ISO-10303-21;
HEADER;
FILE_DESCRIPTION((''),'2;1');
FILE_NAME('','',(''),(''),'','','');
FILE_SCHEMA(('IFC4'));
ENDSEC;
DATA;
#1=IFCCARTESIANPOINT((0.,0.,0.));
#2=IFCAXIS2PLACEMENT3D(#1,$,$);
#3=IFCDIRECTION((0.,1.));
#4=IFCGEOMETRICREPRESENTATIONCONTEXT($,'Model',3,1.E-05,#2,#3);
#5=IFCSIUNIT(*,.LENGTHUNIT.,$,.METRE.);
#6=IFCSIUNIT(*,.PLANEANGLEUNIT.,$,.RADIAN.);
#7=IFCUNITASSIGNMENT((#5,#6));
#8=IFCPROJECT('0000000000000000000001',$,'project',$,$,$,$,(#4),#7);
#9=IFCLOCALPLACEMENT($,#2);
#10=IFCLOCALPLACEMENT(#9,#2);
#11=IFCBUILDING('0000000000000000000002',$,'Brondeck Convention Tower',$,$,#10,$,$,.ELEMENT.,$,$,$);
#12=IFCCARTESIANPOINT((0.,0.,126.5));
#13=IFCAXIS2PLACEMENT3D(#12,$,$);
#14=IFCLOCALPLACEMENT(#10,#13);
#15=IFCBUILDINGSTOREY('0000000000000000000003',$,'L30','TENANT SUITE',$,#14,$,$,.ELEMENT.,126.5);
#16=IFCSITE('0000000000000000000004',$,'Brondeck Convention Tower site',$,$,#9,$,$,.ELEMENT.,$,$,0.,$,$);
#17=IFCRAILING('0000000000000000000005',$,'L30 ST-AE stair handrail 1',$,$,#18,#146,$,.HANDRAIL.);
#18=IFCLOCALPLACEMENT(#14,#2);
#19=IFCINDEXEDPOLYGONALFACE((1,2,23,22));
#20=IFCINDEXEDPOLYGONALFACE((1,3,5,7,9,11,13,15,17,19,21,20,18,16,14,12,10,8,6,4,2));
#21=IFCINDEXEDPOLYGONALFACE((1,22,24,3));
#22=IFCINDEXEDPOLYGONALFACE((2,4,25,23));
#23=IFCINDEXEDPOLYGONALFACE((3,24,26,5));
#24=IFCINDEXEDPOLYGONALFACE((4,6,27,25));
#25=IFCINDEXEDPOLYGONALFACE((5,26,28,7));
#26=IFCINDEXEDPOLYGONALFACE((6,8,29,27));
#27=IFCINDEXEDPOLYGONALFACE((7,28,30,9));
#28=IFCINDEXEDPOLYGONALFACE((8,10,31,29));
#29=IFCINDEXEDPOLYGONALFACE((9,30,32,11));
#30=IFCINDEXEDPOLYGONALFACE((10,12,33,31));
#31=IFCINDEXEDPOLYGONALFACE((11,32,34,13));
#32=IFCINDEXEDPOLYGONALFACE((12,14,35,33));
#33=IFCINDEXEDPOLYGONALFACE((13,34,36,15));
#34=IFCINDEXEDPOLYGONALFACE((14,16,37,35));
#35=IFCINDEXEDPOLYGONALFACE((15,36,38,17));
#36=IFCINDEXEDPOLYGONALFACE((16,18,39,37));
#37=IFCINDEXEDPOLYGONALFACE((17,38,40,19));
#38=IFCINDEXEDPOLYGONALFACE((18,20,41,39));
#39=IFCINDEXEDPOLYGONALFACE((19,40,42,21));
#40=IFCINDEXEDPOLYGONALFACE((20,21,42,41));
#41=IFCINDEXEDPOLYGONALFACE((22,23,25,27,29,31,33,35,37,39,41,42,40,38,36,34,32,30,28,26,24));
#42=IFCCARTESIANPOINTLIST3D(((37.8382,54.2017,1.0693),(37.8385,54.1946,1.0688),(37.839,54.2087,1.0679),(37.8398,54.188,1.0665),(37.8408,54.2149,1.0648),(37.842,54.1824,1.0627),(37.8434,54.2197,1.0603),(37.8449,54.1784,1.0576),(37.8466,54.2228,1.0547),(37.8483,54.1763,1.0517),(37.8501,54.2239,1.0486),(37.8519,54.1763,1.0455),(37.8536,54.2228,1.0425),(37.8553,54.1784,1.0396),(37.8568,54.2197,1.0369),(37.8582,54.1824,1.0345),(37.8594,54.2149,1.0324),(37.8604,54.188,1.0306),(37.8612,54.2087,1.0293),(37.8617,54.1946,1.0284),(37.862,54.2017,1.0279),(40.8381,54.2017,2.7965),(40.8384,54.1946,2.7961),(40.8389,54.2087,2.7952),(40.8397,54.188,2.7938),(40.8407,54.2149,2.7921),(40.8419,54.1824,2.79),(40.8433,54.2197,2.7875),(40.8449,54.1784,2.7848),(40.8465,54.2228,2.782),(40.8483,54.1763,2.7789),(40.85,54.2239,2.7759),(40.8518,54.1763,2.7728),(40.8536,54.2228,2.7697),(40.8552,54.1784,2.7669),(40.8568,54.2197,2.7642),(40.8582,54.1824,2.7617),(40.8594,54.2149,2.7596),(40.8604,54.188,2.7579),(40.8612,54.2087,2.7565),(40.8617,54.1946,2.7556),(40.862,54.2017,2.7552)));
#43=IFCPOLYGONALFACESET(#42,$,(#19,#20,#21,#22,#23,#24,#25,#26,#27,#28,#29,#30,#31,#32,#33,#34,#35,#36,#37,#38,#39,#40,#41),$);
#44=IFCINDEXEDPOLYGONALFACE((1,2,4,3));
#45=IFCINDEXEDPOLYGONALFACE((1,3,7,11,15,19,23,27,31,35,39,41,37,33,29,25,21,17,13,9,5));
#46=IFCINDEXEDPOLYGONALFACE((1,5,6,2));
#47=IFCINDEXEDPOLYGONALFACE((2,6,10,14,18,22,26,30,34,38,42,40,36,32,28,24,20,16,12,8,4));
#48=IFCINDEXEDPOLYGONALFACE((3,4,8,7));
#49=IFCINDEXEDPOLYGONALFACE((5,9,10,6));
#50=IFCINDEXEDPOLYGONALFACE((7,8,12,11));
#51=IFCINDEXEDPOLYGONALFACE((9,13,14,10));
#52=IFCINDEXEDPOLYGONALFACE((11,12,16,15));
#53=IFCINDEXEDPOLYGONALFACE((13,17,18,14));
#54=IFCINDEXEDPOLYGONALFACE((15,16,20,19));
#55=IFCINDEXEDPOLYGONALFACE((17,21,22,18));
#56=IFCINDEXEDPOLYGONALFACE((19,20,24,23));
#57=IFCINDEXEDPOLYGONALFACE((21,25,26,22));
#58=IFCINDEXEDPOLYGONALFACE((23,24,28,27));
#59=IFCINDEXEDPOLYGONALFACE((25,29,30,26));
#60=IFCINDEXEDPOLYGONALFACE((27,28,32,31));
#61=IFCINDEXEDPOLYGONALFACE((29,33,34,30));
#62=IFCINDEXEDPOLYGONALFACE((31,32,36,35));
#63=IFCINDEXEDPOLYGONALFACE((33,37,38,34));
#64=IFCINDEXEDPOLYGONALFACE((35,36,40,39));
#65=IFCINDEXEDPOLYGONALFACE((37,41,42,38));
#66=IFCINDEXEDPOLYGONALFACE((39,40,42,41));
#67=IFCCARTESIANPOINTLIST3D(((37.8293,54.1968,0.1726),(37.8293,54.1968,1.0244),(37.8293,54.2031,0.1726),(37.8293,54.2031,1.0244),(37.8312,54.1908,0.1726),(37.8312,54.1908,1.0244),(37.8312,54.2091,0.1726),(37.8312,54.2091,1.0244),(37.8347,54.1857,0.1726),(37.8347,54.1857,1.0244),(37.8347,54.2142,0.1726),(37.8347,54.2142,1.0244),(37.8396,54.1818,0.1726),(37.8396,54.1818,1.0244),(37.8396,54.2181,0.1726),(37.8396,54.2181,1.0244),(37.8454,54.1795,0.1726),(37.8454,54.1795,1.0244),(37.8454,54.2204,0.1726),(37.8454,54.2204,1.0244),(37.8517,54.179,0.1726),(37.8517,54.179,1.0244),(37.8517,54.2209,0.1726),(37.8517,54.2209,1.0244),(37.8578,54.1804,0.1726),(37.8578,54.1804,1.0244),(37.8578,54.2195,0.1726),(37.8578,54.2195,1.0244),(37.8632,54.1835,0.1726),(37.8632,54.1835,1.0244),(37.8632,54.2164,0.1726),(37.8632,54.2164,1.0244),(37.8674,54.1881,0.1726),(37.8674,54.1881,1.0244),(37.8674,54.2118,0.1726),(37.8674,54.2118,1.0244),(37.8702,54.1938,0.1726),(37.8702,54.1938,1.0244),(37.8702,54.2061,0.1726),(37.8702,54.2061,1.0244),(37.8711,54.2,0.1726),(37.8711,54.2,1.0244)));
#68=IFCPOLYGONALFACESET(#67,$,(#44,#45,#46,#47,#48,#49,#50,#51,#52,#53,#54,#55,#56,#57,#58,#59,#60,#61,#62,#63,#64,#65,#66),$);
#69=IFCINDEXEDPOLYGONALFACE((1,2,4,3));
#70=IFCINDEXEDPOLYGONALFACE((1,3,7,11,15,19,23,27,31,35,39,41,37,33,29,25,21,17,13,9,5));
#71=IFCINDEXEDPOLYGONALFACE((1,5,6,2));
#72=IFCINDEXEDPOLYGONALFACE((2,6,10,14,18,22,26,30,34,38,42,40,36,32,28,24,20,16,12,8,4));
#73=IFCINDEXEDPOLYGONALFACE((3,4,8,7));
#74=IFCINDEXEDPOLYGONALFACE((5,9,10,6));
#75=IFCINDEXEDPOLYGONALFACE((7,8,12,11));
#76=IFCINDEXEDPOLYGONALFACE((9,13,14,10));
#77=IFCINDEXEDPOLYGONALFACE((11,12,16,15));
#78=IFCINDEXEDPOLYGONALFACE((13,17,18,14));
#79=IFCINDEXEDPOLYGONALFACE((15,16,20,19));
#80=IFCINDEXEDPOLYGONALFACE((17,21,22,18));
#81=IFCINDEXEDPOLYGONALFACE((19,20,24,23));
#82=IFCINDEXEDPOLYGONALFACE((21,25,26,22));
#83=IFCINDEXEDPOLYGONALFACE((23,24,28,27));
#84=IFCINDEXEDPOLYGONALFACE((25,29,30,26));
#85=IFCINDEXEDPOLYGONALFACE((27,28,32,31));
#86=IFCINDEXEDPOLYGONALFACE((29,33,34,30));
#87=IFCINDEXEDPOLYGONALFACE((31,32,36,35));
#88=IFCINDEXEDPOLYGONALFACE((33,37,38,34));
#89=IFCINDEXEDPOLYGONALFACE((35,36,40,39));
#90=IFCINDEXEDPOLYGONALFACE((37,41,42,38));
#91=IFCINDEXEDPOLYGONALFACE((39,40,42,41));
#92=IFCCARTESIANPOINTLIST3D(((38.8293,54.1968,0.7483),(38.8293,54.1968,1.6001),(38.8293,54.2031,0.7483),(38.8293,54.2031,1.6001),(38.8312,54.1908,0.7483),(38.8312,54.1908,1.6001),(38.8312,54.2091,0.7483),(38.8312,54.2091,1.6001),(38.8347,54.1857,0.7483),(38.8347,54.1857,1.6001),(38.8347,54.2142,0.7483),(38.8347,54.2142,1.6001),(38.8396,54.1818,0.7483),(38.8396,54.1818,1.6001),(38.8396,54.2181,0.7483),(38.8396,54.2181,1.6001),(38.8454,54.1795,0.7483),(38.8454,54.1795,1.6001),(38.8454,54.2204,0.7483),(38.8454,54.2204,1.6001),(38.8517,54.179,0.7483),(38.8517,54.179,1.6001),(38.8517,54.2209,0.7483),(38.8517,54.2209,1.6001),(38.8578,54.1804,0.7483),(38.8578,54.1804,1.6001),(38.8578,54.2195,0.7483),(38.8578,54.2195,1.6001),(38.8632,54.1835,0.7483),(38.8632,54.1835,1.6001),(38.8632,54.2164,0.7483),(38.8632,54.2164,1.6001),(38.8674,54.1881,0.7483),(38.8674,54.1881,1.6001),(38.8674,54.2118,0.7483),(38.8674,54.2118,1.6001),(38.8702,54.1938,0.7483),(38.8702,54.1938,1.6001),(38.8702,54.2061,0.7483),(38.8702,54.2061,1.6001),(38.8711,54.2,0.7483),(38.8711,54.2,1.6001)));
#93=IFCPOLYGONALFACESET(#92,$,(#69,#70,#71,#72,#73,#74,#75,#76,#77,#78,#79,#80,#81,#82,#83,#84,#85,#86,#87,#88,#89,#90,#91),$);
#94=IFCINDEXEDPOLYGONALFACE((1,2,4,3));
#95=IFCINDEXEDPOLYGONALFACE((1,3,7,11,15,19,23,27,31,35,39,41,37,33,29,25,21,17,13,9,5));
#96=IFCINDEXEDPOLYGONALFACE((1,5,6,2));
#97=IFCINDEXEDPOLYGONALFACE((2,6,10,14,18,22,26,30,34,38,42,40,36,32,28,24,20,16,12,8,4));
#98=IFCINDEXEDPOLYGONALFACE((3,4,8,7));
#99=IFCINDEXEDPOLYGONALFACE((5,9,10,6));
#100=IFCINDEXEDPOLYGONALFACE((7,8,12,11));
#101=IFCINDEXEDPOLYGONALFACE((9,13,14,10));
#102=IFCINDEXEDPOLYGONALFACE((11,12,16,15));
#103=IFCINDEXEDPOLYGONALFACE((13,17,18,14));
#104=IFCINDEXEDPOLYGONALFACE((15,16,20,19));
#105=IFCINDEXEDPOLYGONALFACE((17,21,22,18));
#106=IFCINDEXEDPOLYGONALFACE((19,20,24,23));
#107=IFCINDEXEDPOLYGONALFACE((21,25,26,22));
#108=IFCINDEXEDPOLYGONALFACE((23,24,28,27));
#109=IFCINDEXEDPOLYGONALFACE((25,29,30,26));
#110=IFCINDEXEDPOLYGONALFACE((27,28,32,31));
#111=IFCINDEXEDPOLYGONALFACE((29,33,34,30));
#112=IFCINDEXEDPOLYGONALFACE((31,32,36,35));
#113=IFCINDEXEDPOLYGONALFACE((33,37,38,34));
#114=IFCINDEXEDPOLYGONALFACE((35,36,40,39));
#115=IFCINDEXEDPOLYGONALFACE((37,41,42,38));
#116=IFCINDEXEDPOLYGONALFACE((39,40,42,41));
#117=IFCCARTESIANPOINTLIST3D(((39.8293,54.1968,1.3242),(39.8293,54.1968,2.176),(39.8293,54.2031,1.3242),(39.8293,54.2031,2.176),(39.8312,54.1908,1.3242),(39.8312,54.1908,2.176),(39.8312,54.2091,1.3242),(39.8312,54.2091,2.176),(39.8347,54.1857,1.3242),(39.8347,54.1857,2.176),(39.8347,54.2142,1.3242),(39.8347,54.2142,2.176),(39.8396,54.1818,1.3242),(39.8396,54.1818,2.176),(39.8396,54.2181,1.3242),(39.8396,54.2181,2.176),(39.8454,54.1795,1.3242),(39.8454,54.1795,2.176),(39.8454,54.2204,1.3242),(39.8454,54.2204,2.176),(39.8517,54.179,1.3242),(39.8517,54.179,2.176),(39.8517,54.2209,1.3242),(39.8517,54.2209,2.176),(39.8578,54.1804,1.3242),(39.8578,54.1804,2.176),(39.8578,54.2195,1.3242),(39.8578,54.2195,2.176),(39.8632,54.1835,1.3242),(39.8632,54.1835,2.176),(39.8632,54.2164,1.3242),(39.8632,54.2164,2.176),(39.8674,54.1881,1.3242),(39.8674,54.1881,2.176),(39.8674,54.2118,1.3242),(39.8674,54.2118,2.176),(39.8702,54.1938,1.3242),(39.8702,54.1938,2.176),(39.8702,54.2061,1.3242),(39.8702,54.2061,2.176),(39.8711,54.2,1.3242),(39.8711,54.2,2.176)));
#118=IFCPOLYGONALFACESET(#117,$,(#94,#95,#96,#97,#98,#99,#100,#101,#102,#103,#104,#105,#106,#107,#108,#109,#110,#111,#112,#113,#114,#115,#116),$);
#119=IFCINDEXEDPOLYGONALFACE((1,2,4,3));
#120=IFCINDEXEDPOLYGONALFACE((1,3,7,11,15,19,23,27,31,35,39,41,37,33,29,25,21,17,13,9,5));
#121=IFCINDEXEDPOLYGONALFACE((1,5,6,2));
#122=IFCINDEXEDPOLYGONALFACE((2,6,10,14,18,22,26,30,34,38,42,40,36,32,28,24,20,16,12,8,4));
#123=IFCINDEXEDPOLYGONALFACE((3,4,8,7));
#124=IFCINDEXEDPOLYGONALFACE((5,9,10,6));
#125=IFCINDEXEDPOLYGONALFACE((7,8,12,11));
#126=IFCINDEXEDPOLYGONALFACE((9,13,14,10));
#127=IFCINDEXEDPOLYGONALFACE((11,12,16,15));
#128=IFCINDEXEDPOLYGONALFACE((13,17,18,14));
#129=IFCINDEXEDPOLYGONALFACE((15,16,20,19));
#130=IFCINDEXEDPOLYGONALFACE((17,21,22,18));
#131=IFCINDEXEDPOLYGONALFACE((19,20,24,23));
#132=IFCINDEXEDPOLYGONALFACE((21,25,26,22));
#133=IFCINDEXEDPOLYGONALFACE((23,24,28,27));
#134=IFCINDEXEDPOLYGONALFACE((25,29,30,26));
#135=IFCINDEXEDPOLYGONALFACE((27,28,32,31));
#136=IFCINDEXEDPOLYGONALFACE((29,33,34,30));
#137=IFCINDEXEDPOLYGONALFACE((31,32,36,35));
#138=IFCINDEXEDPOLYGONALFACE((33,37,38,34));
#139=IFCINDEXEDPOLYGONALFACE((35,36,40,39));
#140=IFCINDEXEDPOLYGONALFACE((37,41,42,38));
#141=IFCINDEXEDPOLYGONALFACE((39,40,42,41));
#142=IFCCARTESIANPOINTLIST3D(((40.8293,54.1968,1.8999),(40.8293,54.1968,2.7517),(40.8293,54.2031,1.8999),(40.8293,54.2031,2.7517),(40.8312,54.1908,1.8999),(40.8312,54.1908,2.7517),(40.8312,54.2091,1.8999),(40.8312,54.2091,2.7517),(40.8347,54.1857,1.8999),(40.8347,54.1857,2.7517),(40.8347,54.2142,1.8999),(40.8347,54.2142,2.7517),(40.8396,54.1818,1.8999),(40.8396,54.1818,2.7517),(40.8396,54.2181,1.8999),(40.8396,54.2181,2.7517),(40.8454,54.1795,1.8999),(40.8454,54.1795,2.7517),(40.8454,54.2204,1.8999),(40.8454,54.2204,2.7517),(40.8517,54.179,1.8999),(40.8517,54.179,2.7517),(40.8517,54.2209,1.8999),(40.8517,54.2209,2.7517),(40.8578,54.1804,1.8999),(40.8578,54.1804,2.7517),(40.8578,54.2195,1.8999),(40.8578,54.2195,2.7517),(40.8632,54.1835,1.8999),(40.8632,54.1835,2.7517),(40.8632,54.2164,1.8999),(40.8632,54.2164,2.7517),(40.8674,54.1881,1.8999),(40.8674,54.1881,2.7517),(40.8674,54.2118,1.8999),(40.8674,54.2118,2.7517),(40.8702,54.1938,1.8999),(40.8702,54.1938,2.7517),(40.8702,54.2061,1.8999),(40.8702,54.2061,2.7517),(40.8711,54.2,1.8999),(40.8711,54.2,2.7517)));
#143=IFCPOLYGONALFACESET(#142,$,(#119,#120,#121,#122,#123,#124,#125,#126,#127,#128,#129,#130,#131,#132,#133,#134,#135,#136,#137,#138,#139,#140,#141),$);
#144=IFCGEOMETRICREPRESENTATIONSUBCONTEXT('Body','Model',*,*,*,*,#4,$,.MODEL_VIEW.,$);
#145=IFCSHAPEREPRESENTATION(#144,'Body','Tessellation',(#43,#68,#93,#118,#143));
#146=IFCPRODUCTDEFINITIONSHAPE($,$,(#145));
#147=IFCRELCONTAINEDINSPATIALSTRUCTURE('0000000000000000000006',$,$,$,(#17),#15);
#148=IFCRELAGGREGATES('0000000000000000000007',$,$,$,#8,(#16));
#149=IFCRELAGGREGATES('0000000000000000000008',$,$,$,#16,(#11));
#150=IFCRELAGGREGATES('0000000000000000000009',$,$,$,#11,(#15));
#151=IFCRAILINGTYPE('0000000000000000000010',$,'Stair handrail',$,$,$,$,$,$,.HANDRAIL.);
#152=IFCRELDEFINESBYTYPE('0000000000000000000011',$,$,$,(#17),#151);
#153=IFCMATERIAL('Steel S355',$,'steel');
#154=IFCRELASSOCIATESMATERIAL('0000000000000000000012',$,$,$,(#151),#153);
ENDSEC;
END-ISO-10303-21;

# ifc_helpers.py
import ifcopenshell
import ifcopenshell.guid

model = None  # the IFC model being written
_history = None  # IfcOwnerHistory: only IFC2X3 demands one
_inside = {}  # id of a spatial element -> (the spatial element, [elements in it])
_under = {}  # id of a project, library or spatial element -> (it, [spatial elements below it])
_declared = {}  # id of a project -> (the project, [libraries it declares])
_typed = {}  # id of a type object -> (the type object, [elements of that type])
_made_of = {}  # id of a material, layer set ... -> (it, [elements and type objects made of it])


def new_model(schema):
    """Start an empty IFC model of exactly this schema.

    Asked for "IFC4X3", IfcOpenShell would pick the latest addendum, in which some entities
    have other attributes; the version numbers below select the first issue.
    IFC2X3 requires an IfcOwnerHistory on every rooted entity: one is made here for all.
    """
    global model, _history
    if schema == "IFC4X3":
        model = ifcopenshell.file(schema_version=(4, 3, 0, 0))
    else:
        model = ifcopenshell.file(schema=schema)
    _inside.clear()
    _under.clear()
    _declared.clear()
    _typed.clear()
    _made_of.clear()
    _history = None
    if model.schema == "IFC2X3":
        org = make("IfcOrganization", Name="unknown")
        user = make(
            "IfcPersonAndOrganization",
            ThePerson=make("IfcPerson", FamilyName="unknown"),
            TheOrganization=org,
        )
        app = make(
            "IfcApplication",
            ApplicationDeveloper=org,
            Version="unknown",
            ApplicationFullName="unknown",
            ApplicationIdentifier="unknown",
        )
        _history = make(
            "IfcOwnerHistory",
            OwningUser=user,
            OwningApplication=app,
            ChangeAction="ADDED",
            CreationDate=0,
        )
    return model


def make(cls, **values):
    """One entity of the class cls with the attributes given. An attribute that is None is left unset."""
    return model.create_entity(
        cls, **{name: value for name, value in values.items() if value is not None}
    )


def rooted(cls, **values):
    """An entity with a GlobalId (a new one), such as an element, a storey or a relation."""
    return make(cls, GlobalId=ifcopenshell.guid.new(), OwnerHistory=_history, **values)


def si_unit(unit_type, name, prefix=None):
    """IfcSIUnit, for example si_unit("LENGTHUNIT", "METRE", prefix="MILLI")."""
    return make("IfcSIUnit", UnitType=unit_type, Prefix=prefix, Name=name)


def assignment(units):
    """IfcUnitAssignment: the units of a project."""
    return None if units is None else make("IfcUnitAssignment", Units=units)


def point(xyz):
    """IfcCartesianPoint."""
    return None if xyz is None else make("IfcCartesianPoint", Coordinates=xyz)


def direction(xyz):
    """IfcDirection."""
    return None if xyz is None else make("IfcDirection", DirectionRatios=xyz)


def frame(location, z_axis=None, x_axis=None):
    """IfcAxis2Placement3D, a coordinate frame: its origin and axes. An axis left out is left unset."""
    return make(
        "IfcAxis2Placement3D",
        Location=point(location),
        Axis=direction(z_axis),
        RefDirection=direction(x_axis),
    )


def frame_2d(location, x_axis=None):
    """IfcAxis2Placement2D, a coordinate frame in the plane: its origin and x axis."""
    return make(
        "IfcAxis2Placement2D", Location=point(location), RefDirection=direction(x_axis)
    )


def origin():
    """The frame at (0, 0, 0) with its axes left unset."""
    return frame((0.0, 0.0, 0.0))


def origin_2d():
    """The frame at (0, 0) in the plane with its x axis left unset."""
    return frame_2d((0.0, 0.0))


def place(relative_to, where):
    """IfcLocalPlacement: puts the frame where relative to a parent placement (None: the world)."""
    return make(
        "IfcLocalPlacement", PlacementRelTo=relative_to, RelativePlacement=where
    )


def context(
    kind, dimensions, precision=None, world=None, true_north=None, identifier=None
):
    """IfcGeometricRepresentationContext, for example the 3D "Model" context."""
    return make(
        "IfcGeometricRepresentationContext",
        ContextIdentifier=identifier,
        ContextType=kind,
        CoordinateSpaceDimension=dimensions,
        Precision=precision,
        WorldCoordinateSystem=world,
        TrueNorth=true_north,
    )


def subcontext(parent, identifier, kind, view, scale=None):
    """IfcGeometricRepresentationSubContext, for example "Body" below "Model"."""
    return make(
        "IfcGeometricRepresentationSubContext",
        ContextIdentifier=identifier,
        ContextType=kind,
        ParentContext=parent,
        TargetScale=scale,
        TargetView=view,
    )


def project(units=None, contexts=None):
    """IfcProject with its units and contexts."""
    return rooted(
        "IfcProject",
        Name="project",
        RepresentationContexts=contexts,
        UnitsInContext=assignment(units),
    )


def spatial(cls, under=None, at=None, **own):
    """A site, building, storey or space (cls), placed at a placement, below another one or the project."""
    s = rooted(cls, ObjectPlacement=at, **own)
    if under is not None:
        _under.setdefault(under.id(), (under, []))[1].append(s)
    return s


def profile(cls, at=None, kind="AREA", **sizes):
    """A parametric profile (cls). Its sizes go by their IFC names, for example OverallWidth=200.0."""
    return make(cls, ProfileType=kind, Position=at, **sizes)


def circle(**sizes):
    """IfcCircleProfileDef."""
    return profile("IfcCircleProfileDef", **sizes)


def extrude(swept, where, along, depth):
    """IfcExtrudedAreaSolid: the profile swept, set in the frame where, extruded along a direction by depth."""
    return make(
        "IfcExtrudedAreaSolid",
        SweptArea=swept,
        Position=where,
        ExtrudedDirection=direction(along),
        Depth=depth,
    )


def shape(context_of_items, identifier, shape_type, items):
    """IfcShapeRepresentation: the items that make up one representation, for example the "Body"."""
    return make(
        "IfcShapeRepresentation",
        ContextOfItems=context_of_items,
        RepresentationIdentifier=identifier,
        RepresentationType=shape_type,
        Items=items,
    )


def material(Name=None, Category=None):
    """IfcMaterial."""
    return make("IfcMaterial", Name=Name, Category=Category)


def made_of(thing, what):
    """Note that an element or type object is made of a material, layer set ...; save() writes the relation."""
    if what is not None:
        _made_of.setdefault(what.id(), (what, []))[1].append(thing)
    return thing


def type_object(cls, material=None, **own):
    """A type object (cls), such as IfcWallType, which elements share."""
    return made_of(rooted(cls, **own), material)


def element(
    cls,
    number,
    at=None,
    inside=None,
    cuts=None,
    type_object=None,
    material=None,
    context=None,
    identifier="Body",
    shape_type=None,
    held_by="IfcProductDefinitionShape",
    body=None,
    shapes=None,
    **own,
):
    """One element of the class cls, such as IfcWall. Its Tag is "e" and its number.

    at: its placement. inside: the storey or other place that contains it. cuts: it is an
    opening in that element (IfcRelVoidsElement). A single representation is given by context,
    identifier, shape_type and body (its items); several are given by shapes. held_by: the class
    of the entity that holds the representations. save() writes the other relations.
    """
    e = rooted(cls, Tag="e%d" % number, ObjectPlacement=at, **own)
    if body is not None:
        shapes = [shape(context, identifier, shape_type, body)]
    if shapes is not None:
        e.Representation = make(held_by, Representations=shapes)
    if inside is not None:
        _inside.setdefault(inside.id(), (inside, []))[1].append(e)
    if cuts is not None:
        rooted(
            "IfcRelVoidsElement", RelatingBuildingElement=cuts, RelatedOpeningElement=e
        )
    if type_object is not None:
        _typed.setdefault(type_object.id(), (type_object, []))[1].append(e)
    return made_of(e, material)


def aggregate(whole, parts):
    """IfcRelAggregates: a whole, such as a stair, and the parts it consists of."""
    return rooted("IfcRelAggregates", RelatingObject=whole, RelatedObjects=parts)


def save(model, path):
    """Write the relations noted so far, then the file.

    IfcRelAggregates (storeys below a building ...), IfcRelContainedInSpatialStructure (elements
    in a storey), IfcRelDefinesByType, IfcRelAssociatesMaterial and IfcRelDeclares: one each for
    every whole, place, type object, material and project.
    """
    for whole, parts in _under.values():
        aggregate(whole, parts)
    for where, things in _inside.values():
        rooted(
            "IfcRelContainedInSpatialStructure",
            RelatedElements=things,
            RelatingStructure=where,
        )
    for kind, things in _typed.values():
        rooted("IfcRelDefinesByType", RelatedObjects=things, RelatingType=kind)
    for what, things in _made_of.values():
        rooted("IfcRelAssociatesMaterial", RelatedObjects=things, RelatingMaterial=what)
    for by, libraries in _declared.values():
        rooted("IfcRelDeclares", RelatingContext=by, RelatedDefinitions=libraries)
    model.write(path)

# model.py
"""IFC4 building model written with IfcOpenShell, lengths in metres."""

from ifc_helpers import new_model, si_unit, direction, frame, origin, origin_2d, place, context, subcontext, project, spatial, circle, extrude, material, type_object, element, save


model = new_model("IFC4")

# Units and contexts
model_context = context("Model", 3, precision=1e-05, world=origin(), true_north=direction((0.0, 1.0)))
body_context = subcontext(model_context, "Body", "Model", "MODEL_VIEW")
ifc_project = project(units=[si_unit("LENGTHUNIT", "METRE"), si_unit("PLANEANGLEUNIT", "RADIAN")], contexts=[model_context])

# Site, building, storey
site_placement = place(None, origin())
site = spatial("IfcSite", under=ifc_project, at=site_placement, Name="Brondeck Convention Tower site", CompositionType="ELEMENT", RefElevation=0.0)
building_placement = place(site_placement, origin())
building = spatial("IfcBuilding", under=site, at=building_placement, Name="Brondeck Convention Tower", CompositionType="ELEMENT")
storey_placement = place(building_placement, frame((0.0, 0.0, 126.5)))
storey = spatial("IfcBuildingStorey", under=building, at=storey_placement, Name="L30", Description="TENANT SUITE", CompositionType="ELEMENT", Elevation=126.5)

# Shared definitions
ifc_material_1 = material(Name="Steel S355", Category="steel")

# Railing
railing_type_1 = type_object("IfcRailingType", Name="Stair handrail", PredefinedType="HANDRAIL", material=ifc_material_1)
railing_1_placement = place(storey_placement, frame((37.8501, 54.2, 0.1726)))
element("IfcRailing", 1, at=railing_1_placement, inside=storey, type_object=railing_type_1, Name="L30 ST-AE stair handrail 1", PredefinedType="HANDRAIL", context=body_context, shape_type="SweptSolid", body=[
    extrude(circle(Radius=0.0239, at=origin_2d()), frame((0.0, 0.0, 0.876), z_axis=(0.86662, 0.0, 0.498969), x_axis=(0.0, 1.0, 0.0)), (0.0, 0.0, 1.0), 3.4617),
    extrude(circle(Radius=0.021, at=origin_2d()), origin(), (0.0, 0.0, 1.0), 0.8518),
    extrude(circle(Radius=0.021, at=origin_2d()), frame((1.0, 0.0, 0.5757)), (0.0, 0.0, 1.0), 0.8518),
    extrude(circle(Radius=0.021, at=origin_2d()), frame((2.0, 0.0, 1.1516)), (0.0, 0.0, 1.0), 0.8518),
    extrude(circle(Radius=0.021, at=origin_2d()), frame((3.0, 0.0, 1.7273)), (0.0, 0.0, 1.0), 0.8518),
])

save(model, "model.ifc")
